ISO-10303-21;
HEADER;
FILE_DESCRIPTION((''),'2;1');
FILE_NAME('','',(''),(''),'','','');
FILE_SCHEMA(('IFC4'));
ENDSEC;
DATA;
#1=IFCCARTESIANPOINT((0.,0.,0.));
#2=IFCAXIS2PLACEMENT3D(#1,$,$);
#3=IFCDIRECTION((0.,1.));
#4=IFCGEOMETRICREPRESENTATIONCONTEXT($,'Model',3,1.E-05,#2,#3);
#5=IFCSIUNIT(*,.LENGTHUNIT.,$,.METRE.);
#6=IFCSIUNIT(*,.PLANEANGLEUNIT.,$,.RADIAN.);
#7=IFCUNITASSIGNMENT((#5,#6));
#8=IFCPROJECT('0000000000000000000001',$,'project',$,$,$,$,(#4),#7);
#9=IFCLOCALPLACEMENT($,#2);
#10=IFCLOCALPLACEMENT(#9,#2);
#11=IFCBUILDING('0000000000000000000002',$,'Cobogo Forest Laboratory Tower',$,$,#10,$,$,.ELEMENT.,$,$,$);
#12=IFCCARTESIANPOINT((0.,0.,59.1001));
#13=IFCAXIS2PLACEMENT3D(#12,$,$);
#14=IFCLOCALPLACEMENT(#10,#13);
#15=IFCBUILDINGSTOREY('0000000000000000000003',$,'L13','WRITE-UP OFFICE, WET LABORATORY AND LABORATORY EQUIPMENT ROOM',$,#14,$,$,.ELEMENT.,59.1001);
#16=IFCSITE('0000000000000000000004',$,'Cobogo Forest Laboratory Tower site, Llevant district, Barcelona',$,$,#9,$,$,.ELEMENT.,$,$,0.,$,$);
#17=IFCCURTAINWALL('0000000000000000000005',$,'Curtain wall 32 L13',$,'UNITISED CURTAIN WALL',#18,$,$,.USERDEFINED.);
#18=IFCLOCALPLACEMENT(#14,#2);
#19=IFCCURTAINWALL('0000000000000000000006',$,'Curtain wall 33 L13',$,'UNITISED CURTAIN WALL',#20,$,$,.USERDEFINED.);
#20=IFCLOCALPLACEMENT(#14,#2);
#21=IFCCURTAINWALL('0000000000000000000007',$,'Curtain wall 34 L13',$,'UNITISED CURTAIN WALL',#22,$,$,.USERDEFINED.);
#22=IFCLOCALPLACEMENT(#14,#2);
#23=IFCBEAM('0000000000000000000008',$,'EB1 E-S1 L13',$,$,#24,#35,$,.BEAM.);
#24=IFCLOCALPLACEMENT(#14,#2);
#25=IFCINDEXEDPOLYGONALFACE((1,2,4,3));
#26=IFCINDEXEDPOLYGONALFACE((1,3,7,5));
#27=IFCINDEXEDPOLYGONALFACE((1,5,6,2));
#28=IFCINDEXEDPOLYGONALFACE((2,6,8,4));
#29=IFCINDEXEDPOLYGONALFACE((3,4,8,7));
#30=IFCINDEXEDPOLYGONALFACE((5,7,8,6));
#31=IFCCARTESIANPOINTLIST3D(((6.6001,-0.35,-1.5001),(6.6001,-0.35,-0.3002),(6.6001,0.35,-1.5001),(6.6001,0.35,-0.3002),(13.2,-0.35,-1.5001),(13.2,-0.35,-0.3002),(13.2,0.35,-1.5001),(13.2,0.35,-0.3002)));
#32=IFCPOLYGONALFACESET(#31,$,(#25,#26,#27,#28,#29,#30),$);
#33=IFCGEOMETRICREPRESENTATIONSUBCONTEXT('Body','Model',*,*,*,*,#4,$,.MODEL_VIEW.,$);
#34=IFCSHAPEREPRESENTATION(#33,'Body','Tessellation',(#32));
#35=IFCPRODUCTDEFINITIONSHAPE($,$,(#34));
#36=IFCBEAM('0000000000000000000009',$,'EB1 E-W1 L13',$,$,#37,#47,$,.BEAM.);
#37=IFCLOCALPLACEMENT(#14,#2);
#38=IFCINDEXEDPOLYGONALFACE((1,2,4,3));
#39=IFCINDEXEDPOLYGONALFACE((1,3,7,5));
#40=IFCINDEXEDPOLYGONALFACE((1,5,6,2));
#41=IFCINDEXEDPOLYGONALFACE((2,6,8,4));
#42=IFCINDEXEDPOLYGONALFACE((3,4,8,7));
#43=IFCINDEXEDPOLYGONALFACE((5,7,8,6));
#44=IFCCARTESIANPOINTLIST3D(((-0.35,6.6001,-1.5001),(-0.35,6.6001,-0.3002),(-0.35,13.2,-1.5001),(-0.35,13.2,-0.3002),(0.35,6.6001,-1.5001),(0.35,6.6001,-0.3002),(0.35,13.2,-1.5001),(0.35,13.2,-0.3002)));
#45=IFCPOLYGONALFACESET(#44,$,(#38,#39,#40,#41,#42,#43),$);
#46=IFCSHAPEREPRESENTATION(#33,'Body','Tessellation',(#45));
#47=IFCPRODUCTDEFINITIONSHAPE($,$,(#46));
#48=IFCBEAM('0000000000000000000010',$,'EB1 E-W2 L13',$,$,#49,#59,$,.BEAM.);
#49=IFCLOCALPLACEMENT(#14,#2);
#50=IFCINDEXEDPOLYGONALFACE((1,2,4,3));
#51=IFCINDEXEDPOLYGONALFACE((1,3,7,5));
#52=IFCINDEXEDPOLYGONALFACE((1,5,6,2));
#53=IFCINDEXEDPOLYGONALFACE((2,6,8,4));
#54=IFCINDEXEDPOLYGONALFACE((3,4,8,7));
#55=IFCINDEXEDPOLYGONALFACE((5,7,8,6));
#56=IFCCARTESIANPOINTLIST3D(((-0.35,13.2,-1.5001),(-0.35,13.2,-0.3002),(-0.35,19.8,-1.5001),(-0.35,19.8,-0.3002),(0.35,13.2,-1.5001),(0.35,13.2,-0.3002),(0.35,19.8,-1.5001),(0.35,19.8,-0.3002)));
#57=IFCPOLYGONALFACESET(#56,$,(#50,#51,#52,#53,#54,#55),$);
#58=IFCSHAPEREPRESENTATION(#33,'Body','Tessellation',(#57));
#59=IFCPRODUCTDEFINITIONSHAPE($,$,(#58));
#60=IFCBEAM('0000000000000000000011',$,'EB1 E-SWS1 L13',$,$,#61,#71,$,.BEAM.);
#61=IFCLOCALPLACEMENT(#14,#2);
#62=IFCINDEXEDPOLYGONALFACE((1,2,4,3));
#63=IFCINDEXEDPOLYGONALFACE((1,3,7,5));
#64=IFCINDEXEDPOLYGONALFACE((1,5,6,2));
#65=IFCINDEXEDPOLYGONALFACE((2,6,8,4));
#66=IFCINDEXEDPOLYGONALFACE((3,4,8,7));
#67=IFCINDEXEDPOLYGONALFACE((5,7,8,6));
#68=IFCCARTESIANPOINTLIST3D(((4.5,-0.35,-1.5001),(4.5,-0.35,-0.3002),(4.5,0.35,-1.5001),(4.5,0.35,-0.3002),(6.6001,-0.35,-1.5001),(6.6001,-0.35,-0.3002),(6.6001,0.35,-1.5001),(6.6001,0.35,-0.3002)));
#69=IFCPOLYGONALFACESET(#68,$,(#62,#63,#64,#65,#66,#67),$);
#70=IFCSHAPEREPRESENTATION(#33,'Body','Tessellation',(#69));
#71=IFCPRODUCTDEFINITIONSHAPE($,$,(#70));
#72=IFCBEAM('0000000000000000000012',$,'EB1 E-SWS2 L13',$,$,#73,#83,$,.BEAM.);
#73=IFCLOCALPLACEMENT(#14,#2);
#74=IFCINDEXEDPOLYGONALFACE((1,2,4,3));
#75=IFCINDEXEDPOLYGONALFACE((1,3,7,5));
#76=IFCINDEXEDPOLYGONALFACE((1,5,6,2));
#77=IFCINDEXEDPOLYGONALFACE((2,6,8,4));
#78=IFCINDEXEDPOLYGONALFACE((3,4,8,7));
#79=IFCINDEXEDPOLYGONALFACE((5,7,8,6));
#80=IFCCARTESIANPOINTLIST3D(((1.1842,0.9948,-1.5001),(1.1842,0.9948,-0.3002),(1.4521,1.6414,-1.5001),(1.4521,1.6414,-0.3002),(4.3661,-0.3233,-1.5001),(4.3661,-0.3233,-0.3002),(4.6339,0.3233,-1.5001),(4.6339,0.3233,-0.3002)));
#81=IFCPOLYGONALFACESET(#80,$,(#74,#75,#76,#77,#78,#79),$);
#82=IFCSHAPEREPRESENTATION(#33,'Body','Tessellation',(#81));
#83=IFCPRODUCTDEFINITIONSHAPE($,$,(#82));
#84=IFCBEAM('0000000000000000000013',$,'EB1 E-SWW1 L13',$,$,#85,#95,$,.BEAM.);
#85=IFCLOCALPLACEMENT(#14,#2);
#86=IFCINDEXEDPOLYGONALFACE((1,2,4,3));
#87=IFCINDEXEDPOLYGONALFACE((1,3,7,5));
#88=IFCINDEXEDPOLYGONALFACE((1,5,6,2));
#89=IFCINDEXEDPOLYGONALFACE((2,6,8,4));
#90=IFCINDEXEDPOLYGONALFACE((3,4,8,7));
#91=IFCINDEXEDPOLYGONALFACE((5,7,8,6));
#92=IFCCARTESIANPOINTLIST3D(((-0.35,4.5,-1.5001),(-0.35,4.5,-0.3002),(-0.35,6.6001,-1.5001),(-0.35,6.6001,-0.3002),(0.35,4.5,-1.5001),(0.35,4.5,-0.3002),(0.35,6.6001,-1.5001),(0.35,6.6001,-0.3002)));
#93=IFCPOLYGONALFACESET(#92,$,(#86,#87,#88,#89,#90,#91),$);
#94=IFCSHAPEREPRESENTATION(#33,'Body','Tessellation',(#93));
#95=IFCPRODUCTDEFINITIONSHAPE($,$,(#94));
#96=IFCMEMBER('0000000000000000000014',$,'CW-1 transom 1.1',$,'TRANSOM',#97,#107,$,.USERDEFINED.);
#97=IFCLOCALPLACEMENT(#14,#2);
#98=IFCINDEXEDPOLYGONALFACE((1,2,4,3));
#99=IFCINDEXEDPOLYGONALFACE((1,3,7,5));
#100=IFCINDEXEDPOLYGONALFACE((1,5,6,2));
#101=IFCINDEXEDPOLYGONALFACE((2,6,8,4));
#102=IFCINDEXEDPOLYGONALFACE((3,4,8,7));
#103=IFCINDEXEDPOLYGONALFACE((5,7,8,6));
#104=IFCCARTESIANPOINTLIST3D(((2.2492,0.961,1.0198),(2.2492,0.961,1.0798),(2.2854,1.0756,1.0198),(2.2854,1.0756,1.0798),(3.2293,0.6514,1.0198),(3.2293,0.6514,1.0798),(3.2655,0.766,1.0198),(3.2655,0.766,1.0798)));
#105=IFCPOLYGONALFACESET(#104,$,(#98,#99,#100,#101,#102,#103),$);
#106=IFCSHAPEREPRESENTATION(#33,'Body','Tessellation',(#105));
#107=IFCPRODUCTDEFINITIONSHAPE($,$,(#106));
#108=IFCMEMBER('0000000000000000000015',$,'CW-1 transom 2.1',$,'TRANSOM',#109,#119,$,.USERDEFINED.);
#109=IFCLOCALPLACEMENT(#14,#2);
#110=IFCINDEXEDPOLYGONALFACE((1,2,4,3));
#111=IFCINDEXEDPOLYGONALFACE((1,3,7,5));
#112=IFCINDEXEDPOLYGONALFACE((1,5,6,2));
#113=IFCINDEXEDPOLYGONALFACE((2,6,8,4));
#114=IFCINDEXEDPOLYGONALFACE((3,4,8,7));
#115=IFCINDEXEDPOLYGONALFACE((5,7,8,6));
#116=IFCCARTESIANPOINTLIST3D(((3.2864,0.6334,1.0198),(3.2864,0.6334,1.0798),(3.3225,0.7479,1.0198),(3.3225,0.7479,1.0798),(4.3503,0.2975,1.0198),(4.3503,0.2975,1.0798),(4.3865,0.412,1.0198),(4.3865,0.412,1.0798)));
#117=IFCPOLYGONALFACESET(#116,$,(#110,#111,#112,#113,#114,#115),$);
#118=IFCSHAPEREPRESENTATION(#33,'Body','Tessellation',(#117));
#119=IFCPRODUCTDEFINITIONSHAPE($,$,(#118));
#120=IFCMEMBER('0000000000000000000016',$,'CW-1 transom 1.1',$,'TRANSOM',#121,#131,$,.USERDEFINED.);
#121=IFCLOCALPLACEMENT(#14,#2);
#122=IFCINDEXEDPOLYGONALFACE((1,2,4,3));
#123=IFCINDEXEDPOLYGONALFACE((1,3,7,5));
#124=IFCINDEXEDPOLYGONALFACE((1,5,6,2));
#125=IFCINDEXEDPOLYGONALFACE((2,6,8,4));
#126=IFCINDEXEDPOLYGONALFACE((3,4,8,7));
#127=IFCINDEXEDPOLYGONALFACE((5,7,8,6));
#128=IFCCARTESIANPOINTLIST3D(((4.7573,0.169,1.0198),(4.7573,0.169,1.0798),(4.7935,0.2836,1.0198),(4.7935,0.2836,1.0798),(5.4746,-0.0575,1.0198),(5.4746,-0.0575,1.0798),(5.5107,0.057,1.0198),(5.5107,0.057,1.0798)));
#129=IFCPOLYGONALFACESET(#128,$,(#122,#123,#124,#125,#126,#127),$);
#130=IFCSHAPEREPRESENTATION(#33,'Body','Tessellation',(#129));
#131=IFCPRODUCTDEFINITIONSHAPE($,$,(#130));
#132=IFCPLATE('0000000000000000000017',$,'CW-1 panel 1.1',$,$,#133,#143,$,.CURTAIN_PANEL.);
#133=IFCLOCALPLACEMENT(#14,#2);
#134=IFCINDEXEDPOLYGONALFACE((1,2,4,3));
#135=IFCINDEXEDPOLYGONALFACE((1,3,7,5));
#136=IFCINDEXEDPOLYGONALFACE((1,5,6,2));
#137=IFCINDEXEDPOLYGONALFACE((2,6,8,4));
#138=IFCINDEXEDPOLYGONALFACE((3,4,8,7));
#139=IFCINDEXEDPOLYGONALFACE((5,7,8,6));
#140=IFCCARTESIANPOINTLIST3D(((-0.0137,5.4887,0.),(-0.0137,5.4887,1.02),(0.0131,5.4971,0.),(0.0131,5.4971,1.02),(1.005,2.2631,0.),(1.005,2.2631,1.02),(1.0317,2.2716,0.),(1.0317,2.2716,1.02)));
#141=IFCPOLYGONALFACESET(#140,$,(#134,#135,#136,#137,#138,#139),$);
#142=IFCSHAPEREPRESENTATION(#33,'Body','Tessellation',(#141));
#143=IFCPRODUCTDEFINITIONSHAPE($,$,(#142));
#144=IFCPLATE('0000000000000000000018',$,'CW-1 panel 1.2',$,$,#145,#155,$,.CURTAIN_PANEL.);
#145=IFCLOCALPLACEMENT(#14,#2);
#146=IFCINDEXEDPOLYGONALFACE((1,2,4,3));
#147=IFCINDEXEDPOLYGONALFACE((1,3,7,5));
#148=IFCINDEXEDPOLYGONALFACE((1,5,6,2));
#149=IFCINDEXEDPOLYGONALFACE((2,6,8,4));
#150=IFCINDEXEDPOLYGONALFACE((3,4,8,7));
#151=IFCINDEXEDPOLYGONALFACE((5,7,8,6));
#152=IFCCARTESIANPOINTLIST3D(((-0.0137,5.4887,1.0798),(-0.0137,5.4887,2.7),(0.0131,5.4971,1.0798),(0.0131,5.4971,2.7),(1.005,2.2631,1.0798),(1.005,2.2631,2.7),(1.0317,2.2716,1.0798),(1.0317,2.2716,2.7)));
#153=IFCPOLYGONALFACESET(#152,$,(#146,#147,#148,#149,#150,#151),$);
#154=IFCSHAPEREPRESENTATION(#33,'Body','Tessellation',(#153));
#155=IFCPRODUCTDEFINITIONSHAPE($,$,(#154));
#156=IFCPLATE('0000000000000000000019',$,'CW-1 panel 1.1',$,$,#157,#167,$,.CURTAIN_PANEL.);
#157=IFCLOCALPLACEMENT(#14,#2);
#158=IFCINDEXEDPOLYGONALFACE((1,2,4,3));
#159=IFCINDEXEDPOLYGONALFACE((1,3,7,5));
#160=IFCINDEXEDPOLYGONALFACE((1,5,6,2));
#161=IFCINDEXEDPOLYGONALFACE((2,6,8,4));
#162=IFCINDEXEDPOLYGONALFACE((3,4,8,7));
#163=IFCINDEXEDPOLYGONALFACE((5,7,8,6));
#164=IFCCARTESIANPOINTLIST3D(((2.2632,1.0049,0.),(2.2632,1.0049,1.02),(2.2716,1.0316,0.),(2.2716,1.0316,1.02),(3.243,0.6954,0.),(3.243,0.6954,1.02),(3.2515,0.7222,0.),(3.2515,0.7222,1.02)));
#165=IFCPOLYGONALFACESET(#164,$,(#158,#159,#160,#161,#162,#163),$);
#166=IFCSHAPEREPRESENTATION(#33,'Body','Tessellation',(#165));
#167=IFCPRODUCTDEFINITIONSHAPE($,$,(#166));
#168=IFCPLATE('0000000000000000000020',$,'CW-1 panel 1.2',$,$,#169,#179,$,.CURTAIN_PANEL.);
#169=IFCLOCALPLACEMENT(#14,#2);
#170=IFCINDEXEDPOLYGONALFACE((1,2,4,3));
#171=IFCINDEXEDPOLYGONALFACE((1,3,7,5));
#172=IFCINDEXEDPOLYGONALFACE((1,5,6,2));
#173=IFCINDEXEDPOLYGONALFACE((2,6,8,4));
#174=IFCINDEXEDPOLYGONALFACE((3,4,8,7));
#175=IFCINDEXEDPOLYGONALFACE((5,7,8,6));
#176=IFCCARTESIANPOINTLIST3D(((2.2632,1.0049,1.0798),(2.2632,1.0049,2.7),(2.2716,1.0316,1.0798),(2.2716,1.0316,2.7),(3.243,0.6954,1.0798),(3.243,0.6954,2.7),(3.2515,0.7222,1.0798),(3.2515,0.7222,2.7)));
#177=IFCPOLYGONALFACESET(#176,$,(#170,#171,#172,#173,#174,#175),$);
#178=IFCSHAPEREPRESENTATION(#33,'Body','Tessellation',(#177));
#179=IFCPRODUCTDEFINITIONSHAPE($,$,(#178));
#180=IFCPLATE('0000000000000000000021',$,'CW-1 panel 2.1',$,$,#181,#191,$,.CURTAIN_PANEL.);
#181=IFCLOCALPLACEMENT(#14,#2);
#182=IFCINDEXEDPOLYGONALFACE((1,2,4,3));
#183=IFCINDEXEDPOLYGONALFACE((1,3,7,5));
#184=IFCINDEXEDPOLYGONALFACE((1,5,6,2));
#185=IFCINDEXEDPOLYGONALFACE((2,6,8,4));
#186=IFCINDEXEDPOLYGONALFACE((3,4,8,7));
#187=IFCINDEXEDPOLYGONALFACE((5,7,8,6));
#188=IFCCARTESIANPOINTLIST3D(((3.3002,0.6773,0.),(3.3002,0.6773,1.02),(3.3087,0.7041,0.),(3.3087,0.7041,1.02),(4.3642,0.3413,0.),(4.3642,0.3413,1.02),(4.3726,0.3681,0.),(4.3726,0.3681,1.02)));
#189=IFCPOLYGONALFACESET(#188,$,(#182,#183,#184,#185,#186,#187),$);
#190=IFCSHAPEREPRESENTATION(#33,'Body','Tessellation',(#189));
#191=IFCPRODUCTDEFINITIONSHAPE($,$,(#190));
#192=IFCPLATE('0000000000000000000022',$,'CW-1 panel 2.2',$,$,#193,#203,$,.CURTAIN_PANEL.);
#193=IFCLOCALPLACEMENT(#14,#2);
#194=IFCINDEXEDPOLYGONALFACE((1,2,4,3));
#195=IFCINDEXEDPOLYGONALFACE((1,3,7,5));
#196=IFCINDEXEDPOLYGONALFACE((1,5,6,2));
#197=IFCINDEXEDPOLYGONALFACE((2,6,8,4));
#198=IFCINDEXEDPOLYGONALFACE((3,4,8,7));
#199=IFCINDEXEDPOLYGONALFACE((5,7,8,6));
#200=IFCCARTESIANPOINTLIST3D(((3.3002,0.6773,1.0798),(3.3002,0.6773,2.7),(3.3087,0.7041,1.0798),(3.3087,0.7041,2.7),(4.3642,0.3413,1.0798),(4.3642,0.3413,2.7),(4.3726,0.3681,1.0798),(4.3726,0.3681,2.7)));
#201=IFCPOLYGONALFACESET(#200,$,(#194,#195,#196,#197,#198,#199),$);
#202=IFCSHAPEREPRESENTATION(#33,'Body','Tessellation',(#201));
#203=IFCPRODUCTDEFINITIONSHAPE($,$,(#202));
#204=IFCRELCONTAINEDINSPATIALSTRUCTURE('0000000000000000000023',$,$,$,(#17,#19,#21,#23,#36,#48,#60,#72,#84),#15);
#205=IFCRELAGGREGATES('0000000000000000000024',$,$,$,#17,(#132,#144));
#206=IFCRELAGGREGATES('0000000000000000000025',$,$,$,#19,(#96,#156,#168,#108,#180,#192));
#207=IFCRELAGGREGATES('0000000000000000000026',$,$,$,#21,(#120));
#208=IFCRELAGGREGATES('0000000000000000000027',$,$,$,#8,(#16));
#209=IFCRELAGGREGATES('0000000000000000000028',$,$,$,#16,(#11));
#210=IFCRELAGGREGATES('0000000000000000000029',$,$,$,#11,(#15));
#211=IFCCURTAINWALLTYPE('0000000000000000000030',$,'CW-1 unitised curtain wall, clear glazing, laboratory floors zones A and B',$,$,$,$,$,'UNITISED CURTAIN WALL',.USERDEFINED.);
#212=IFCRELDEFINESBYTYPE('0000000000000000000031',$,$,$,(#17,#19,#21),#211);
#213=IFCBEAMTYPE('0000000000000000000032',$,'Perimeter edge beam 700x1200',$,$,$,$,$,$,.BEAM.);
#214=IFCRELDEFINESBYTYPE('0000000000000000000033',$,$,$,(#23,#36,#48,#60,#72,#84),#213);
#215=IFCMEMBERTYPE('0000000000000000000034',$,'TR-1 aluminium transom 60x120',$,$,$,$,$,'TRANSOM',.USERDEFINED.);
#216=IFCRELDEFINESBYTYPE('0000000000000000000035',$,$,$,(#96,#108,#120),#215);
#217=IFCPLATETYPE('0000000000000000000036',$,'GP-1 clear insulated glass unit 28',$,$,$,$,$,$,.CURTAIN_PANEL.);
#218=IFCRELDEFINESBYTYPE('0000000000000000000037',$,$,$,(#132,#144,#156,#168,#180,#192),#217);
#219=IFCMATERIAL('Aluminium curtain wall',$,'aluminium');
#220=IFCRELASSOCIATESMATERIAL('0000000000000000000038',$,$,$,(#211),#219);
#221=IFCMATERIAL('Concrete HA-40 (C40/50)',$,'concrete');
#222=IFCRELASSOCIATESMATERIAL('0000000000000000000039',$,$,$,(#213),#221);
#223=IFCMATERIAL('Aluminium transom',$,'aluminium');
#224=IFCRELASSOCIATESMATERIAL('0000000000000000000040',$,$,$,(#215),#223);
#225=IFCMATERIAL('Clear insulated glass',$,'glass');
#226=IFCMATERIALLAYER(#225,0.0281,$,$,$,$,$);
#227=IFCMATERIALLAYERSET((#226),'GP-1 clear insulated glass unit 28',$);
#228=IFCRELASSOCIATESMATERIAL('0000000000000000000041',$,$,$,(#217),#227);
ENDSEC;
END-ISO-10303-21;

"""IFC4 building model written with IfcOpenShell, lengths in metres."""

from ifc_helpers import new_model, si_unit, direction, frame, origin, origin_2d, place, context, subcontext, project, spatial, rectangle, extrude, material, layer, layer_set, material_profile, profile_set, type_object, element, aggregate, save


model = new_model("IFC4")

# Units and contexts
model_context = context("Model", 3, precision=1e-05, world=origin(), true_north=direction((0.0, 1.0)))
body_context = subcontext(model_context, "Body", "Model", "MODEL_VIEW")
ifc_project = project(units=[si_unit("LENGTHUNIT", "METRE"), si_unit("PLANEANGLEUNIT", "RADIAN")], contexts=[model_context])

# Site, building, storey
site_placement = place(None, origin())
site = spatial("IfcSite", under=ifc_project, at=site_placement, Name="Cobogo Forest Laboratory Tower site, Llevant district, Barcelona", CompositionType="ELEMENT", RefElevation=0.0)
building_placement = place(site_placement, origin())
building = spatial("IfcBuilding", under=site, at=building_placement, Name="Cobogo Forest Laboratory Tower", CompositionType="ELEMENT")
storey_placement = place(building_placement, frame((0.0, 0.0, 59.1001)))
storey = spatial("IfcBuildingStorey", under=building, at=storey_placement, Name="L13", Description="WRITE-UP OFFICE, WET LABORATORY AND LABORATORY EQUIPMENT ROOM", CompositionType="ELEMENT", Elevation=59.1001)

# Curtain wall
ifc_material_1 = material(Name="Aluminium curtain wall", Category="aluminium")
curtain_wall_type = type_object("IfcCurtainWallType", Name="CW-1 unitised curtain wall, clear glazing, laboratory floors zones A and B", ElementType="UNITISED CURTAIN WALL", PredefinedType="USERDEFINED", material=ifc_material_1)
curtain_wall_1_placement = place(storey_placement, origin())
curtain_wall_1 = element("IfcCurtainWall", 1, at=curtain_wall_1_placement, inside=storey, type_object=curtain_wall_type, Name="Curtain wall 32 L13", ObjectType="UNITISED CURTAIN WALL", PredefinedType="USERDEFINED")

# Curtain walls
curtain_wall_2_placement = place(storey_placement, origin())
curtain_wall_2 = element("IfcCurtainWall", 2, at=curtain_wall_2_placement, inside=storey, type_object=curtain_wall_type, Name="Curtain wall 33 L13", ObjectType="UNITISED CURTAIN WALL", PredefinedType="USERDEFINED")
curtain_wall_3_placement = place(storey_placement, origin())
curtain_wall_3 = element("IfcCurtainWall", 3, at=curtain_wall_3_placement, inside=storey, type_object=curtain_wall_type, Name="Curtain wall 34 L13", ObjectType="UNITISED CURTAIN WALL", PredefinedType="USERDEFINED")

# Beams
ifc_material_2 = material(Name="Concrete HA-40 (C40/50)", Category="concrete")
ifc_material_profile_1 = material_profile(ifc_material_2, rectangle(XDim=0.7, YDim=1.2, at=origin_2d()), Name="RC 700x1200")
ifc_profile_set_1 = profile_set([ifc_material_profile_1], Name="Concrete HA-40 (C40/50)")
beam_type_1 = type_object("IfcBeamType", Name="Perimeter edge beam 700x1200", PredefinedType="BEAM", material=ifc_profile_set_1)
for number, where, z_axis, x_axis, name in (
    (4, (6.6001, 0.0, -0.9001), (1.0, 0.0, 0.0), (0.0, 1.0, 0.0), "EB1 E-S1 L13"),
    (5, (0.0, 6.6001, -0.9001), (0.0, 1.0, 0.0), (-1.0, 0.0, 0.0), "EB1 E-W1 L13"),
):
    element("IfcBeam", number, at=place(storey_placement, frame(where, z_axis=z_axis, x_axis=x_axis)), inside=storey, type_object=beam_type_1, Name=name, PredefinedType="BEAM", context=body_context, shape_type="SweptSolid", body=[
        extrude(rectangle(XDim=0.7, YDim=1.2, at=origin_2d()), origin(), (0.0, 0.0, 1.0), 6.5999),
    ])
beam_1_placement = place(storey_placement, frame((0.0, 13.2, -0.9001), z_axis=(0.0, 1.0, 0.0), x_axis=(-1.0, 0.0, 0.0)))
element("IfcBeam", 6, at=beam_1_placement, inside=storey, type_object=beam_type_1, Name="EB1 E-W2 L13", PredefinedType="BEAM", context=body_context, shape_type="SweptSolid", body=[
    extrude(rectangle(XDim=0.7, YDim=1.2, at=origin_2d()), origin(), (0.0, 0.0, 1.0), 6.6001),
])
beam_2_placement = place(storey_placement, frame((6.6001, 0.0, -0.9001), z_axis=(-1.0, 0.0, 0.0), x_axis=(0.0, -1.0, 0.0)))
element("IfcBeam", 7, at=beam_2_placement, inside=storey, type_object=beam_type_1, Name="EB1 E-SWS1 L13", PredefinedType="BEAM", context=body_context, shape_type="SweptSolid", body=[
    extrude(rectangle(XDim=0.7, YDim=1.2, at=origin_2d()), origin(), (0.0, 0.0, 1.0), 2.1001),
])
beam_3_placement = place(storey_placement, frame((4.5, 0.0, -0.9001), z_axis=(-0.923866, 0.382717, 0.0), x_axis=(-0.382717, -0.923866, 0.0)))
element("IfcBeam", 8, at=beam_3_placement, inside=storey, type_object=beam_type_1, Name="EB1 E-SWS2 L13", PredefinedType="BEAM", context=body_context, shape_type="SweptSolid", body=[
    extrude(rectangle(XDim=0.7, YDim=1.2, at=origin_2d()), origin(), (0.0, 0.0, 1.0), 3.4441),
])
beam_4_placement = place(storey_placement, frame((0.0, 6.6001, -0.9001), z_axis=(0.0, -1.0, 0.0), x_axis=(1.0, 0.0, 0.0)))
element("IfcBeam", 9, at=beam_4_placement, inside=storey, type_object=beam_type_1, Name="EB1 E-SWW1 L13", PredefinedType="BEAM", context=body_context, shape_type="SweptSolid", body=[
    extrude(rectangle(XDim=0.7, YDim=1.2, at=origin_2d()), origin(), (0.0, 0.0, 1.0), 2.1001),
])

# Members
ifc_material_3 = material(Name="Aluminium transom", Category="aluminium")
ifc_material_profile_2 = material_profile(ifc_material_3, rectangle(XDim=0.1201, YDim=0.0601, at=origin_2d()), Name="AL 60x120")
ifc_profile_set_2 = profile_set([ifc_material_profile_2], Name="Aluminium transom")
member_type_1 = type_object("IfcMemberType", Name="TR-1 aluminium transom 60x120", ElementType="TRANSOM", PredefinedType="USERDEFINED", material=ifc_profile_set_2)
member_1_placement = place(storey_placement, frame((2.2673, 1.0183, 1.0498), z_axis=(0.953554, -0.301222, 0.0), x_axis=(0.301222, 0.953554, 0.0)))
member_1 = element("IfcMember", 10, at=member_1_placement, type_object=member_type_1, Name="CW-1 transom 1.1", ObjectType="TRANSOM", PredefinedType="USERDEFINED", context=body_context, shape_type="SweptSolid", body=[
    extrude(rectangle(XDim=0.1201, YDim=0.0601, at=origin_2d()), origin(), (0.0, 0.0, 1.0), 1.0278),
])
member_2_placement = place(storey_placement, frame((3.3044, 0.6907, 1.0498), z_axis=(0.953596, -0.301089, 0.0), x_axis=(0.301089, 0.953596, 0.0)))
member_2 = element("IfcMember", 11, at=member_2_placement, type_object=member_type_1, Name="CW-1 transom 2.1", ObjectType="TRANSOM", PredefinedType="USERDEFINED", context=body_context, shape_type="SweptSolid", body=[
    extrude(rectangle(XDim=0.1201, YDim=0.0601, at=origin_2d()), origin(), (0.0, 0.0, 1.0), 1.1157),
])
member_3_placement = place(storey_placement, frame((4.7754, 0.2263, 1.0498), z_axis=(0.953563, -0.301194, 0.0), x_axis=(0.301194, 0.953563, 0.0)))
member_3 = element("IfcMember", 12, at=member_3_placement, type_object=member_type_1, Name="CW-1 transom 1.1", ObjectType="TRANSOM", PredefinedType="USERDEFINED", context=body_context, shape_type="SweptSolid", body=[
    extrude(rectangle(XDim=0.1201, YDim=0.0601, at=origin_2d()), origin(), (0.0, 0.0, 1.0), 0.7522),
])

# Plates
ifc_material_4 = material(Name="Clear insulated glass", Category="glass")
ifc_layer_1 = layer(ifc_material_4, 0.0281)
ifc_layer_set_1 = layer_set([ifc_layer_1], Name="GP-1 clear insulated glass unit 28")
plate_type = type_object("IfcPlateType", Name="GP-1 clear insulated glass unit 28", PredefinedType="CURTAIN_PANEL", material=ifc_layer_set_1)
plate_1_placement = place(storey_placement, frame((0.509, 3.8801, 0.0), z_axis=(0.0, 0.0, 1.0), x_axis=(0.301135, -0.953581, 0.0)))
plate_1 = element("IfcPlate", 13, at=plate_1_placement, type_object=plate_type, Name="CW-1 panel 1.1", PredefinedType="CURTAIN_PANEL", context=body_context, shape_type="SweptSolid", body=[
    extrude(rectangle(XDim=3.3826, YDim=0.0281, at=origin_2d()), origin(), (0.0, 0.0, 1.0), 1.02),
])
plate_2_placement = place(storey_placement, frame((0.509, 3.8801, 1.0798), z_axis=(0.0, 0.0, 1.0), x_axis=(0.301135, -0.953581, 0.0)))
plate_2 = element("IfcPlate", 14, at=plate_2_placement, type_object=plate_type, Name="CW-1 panel 1.2", PredefinedType="CURTAIN_PANEL", context=body_context, shape_type="SweptSolid", body=[
    extrude(rectangle(XDim=3.3826, YDim=0.0281, at=origin_2d()), origin(), (0.0, 0.0, 1.0), 1.6201),
])
aggregate(curtain_wall_1, [plate_1, plate_2])
plate_3_placement = place(storey_placement, frame((2.7573, 0.8635, 0.0), z_axis=(0.0, 0.0, 1.0), x_axis=(0.953581, -0.301135, 0.0)))
plate_3 = element("IfcPlate", 15, at=plate_3_placement, type_object=plate_type, Name="CW-1 panel 1.1", PredefinedType="CURTAIN_PANEL", context=body_context, shape_type="SweptSolid", body=[
    extrude(rectangle(XDim=1.0276, YDim=0.0281, at=origin_2d()), origin(), (0.0, 0.0, 1.0), 1.02),
])
plate_4_placement = place(storey_placement, frame((2.7573, 0.8635, 1.0798), z_axis=(0.0, 0.0, 1.0), x_axis=(0.953581, -0.301135, 0.0)))
plate_4 = element("IfcPlate", 16, at=plate_4_placement, type_object=plate_type, Name="CW-1 panel 1.2", PredefinedType="CURTAIN_PANEL", context=body_context, shape_type="SweptSolid", body=[
    extrude(rectangle(XDim=1.0276, YDim=0.0281, at=origin_2d()), origin(), (0.0, 0.0, 1.0), 1.6201),
])
plate_5_placement = place(storey_placement, frame((3.8364, 0.5227, 0.0), z_axis=(0.0, 0.0, 1.0), x_axis=(0.953581, -0.301135, 0.0)))
plate_5 = element("IfcPlate", 17, at=plate_5_placement, type_object=plate_type, Name="CW-1 panel 2.1", PredefinedType="CURTAIN_PANEL", context=body_context, shape_type="SweptSolid", body=[
    extrude(rectangle(XDim=1.1157, YDim=0.0281, at=origin_2d()), origin(), (0.0, 0.0, 1.0), 1.02),
])
plate_6_placement = place(storey_placement, frame((3.8364, 0.5227, 1.0798), z_axis=(0.0, 0.0, 1.0), x_axis=(0.953581, -0.301135, 0.0)))
plate_6 = element("IfcPlate", 18, at=plate_6_placement, type_object=plate_type, Name="CW-1 panel 2.2", PredefinedType="CURTAIN_PANEL", context=body_context, shape_type="SweptSolid", body=[
    extrude(rectangle(XDim=1.1157, YDim=0.0281, at=origin_2d()), origin(), (0.0, 0.0, 1.0), 1.6201),
])
aggregate(curtain_wall_2, [member_1, plate_3, plate_4, member_2, plate_5, plate_6])
aggregate(curtain_wall_3, [member_3])

save(model, "model.ifc")
